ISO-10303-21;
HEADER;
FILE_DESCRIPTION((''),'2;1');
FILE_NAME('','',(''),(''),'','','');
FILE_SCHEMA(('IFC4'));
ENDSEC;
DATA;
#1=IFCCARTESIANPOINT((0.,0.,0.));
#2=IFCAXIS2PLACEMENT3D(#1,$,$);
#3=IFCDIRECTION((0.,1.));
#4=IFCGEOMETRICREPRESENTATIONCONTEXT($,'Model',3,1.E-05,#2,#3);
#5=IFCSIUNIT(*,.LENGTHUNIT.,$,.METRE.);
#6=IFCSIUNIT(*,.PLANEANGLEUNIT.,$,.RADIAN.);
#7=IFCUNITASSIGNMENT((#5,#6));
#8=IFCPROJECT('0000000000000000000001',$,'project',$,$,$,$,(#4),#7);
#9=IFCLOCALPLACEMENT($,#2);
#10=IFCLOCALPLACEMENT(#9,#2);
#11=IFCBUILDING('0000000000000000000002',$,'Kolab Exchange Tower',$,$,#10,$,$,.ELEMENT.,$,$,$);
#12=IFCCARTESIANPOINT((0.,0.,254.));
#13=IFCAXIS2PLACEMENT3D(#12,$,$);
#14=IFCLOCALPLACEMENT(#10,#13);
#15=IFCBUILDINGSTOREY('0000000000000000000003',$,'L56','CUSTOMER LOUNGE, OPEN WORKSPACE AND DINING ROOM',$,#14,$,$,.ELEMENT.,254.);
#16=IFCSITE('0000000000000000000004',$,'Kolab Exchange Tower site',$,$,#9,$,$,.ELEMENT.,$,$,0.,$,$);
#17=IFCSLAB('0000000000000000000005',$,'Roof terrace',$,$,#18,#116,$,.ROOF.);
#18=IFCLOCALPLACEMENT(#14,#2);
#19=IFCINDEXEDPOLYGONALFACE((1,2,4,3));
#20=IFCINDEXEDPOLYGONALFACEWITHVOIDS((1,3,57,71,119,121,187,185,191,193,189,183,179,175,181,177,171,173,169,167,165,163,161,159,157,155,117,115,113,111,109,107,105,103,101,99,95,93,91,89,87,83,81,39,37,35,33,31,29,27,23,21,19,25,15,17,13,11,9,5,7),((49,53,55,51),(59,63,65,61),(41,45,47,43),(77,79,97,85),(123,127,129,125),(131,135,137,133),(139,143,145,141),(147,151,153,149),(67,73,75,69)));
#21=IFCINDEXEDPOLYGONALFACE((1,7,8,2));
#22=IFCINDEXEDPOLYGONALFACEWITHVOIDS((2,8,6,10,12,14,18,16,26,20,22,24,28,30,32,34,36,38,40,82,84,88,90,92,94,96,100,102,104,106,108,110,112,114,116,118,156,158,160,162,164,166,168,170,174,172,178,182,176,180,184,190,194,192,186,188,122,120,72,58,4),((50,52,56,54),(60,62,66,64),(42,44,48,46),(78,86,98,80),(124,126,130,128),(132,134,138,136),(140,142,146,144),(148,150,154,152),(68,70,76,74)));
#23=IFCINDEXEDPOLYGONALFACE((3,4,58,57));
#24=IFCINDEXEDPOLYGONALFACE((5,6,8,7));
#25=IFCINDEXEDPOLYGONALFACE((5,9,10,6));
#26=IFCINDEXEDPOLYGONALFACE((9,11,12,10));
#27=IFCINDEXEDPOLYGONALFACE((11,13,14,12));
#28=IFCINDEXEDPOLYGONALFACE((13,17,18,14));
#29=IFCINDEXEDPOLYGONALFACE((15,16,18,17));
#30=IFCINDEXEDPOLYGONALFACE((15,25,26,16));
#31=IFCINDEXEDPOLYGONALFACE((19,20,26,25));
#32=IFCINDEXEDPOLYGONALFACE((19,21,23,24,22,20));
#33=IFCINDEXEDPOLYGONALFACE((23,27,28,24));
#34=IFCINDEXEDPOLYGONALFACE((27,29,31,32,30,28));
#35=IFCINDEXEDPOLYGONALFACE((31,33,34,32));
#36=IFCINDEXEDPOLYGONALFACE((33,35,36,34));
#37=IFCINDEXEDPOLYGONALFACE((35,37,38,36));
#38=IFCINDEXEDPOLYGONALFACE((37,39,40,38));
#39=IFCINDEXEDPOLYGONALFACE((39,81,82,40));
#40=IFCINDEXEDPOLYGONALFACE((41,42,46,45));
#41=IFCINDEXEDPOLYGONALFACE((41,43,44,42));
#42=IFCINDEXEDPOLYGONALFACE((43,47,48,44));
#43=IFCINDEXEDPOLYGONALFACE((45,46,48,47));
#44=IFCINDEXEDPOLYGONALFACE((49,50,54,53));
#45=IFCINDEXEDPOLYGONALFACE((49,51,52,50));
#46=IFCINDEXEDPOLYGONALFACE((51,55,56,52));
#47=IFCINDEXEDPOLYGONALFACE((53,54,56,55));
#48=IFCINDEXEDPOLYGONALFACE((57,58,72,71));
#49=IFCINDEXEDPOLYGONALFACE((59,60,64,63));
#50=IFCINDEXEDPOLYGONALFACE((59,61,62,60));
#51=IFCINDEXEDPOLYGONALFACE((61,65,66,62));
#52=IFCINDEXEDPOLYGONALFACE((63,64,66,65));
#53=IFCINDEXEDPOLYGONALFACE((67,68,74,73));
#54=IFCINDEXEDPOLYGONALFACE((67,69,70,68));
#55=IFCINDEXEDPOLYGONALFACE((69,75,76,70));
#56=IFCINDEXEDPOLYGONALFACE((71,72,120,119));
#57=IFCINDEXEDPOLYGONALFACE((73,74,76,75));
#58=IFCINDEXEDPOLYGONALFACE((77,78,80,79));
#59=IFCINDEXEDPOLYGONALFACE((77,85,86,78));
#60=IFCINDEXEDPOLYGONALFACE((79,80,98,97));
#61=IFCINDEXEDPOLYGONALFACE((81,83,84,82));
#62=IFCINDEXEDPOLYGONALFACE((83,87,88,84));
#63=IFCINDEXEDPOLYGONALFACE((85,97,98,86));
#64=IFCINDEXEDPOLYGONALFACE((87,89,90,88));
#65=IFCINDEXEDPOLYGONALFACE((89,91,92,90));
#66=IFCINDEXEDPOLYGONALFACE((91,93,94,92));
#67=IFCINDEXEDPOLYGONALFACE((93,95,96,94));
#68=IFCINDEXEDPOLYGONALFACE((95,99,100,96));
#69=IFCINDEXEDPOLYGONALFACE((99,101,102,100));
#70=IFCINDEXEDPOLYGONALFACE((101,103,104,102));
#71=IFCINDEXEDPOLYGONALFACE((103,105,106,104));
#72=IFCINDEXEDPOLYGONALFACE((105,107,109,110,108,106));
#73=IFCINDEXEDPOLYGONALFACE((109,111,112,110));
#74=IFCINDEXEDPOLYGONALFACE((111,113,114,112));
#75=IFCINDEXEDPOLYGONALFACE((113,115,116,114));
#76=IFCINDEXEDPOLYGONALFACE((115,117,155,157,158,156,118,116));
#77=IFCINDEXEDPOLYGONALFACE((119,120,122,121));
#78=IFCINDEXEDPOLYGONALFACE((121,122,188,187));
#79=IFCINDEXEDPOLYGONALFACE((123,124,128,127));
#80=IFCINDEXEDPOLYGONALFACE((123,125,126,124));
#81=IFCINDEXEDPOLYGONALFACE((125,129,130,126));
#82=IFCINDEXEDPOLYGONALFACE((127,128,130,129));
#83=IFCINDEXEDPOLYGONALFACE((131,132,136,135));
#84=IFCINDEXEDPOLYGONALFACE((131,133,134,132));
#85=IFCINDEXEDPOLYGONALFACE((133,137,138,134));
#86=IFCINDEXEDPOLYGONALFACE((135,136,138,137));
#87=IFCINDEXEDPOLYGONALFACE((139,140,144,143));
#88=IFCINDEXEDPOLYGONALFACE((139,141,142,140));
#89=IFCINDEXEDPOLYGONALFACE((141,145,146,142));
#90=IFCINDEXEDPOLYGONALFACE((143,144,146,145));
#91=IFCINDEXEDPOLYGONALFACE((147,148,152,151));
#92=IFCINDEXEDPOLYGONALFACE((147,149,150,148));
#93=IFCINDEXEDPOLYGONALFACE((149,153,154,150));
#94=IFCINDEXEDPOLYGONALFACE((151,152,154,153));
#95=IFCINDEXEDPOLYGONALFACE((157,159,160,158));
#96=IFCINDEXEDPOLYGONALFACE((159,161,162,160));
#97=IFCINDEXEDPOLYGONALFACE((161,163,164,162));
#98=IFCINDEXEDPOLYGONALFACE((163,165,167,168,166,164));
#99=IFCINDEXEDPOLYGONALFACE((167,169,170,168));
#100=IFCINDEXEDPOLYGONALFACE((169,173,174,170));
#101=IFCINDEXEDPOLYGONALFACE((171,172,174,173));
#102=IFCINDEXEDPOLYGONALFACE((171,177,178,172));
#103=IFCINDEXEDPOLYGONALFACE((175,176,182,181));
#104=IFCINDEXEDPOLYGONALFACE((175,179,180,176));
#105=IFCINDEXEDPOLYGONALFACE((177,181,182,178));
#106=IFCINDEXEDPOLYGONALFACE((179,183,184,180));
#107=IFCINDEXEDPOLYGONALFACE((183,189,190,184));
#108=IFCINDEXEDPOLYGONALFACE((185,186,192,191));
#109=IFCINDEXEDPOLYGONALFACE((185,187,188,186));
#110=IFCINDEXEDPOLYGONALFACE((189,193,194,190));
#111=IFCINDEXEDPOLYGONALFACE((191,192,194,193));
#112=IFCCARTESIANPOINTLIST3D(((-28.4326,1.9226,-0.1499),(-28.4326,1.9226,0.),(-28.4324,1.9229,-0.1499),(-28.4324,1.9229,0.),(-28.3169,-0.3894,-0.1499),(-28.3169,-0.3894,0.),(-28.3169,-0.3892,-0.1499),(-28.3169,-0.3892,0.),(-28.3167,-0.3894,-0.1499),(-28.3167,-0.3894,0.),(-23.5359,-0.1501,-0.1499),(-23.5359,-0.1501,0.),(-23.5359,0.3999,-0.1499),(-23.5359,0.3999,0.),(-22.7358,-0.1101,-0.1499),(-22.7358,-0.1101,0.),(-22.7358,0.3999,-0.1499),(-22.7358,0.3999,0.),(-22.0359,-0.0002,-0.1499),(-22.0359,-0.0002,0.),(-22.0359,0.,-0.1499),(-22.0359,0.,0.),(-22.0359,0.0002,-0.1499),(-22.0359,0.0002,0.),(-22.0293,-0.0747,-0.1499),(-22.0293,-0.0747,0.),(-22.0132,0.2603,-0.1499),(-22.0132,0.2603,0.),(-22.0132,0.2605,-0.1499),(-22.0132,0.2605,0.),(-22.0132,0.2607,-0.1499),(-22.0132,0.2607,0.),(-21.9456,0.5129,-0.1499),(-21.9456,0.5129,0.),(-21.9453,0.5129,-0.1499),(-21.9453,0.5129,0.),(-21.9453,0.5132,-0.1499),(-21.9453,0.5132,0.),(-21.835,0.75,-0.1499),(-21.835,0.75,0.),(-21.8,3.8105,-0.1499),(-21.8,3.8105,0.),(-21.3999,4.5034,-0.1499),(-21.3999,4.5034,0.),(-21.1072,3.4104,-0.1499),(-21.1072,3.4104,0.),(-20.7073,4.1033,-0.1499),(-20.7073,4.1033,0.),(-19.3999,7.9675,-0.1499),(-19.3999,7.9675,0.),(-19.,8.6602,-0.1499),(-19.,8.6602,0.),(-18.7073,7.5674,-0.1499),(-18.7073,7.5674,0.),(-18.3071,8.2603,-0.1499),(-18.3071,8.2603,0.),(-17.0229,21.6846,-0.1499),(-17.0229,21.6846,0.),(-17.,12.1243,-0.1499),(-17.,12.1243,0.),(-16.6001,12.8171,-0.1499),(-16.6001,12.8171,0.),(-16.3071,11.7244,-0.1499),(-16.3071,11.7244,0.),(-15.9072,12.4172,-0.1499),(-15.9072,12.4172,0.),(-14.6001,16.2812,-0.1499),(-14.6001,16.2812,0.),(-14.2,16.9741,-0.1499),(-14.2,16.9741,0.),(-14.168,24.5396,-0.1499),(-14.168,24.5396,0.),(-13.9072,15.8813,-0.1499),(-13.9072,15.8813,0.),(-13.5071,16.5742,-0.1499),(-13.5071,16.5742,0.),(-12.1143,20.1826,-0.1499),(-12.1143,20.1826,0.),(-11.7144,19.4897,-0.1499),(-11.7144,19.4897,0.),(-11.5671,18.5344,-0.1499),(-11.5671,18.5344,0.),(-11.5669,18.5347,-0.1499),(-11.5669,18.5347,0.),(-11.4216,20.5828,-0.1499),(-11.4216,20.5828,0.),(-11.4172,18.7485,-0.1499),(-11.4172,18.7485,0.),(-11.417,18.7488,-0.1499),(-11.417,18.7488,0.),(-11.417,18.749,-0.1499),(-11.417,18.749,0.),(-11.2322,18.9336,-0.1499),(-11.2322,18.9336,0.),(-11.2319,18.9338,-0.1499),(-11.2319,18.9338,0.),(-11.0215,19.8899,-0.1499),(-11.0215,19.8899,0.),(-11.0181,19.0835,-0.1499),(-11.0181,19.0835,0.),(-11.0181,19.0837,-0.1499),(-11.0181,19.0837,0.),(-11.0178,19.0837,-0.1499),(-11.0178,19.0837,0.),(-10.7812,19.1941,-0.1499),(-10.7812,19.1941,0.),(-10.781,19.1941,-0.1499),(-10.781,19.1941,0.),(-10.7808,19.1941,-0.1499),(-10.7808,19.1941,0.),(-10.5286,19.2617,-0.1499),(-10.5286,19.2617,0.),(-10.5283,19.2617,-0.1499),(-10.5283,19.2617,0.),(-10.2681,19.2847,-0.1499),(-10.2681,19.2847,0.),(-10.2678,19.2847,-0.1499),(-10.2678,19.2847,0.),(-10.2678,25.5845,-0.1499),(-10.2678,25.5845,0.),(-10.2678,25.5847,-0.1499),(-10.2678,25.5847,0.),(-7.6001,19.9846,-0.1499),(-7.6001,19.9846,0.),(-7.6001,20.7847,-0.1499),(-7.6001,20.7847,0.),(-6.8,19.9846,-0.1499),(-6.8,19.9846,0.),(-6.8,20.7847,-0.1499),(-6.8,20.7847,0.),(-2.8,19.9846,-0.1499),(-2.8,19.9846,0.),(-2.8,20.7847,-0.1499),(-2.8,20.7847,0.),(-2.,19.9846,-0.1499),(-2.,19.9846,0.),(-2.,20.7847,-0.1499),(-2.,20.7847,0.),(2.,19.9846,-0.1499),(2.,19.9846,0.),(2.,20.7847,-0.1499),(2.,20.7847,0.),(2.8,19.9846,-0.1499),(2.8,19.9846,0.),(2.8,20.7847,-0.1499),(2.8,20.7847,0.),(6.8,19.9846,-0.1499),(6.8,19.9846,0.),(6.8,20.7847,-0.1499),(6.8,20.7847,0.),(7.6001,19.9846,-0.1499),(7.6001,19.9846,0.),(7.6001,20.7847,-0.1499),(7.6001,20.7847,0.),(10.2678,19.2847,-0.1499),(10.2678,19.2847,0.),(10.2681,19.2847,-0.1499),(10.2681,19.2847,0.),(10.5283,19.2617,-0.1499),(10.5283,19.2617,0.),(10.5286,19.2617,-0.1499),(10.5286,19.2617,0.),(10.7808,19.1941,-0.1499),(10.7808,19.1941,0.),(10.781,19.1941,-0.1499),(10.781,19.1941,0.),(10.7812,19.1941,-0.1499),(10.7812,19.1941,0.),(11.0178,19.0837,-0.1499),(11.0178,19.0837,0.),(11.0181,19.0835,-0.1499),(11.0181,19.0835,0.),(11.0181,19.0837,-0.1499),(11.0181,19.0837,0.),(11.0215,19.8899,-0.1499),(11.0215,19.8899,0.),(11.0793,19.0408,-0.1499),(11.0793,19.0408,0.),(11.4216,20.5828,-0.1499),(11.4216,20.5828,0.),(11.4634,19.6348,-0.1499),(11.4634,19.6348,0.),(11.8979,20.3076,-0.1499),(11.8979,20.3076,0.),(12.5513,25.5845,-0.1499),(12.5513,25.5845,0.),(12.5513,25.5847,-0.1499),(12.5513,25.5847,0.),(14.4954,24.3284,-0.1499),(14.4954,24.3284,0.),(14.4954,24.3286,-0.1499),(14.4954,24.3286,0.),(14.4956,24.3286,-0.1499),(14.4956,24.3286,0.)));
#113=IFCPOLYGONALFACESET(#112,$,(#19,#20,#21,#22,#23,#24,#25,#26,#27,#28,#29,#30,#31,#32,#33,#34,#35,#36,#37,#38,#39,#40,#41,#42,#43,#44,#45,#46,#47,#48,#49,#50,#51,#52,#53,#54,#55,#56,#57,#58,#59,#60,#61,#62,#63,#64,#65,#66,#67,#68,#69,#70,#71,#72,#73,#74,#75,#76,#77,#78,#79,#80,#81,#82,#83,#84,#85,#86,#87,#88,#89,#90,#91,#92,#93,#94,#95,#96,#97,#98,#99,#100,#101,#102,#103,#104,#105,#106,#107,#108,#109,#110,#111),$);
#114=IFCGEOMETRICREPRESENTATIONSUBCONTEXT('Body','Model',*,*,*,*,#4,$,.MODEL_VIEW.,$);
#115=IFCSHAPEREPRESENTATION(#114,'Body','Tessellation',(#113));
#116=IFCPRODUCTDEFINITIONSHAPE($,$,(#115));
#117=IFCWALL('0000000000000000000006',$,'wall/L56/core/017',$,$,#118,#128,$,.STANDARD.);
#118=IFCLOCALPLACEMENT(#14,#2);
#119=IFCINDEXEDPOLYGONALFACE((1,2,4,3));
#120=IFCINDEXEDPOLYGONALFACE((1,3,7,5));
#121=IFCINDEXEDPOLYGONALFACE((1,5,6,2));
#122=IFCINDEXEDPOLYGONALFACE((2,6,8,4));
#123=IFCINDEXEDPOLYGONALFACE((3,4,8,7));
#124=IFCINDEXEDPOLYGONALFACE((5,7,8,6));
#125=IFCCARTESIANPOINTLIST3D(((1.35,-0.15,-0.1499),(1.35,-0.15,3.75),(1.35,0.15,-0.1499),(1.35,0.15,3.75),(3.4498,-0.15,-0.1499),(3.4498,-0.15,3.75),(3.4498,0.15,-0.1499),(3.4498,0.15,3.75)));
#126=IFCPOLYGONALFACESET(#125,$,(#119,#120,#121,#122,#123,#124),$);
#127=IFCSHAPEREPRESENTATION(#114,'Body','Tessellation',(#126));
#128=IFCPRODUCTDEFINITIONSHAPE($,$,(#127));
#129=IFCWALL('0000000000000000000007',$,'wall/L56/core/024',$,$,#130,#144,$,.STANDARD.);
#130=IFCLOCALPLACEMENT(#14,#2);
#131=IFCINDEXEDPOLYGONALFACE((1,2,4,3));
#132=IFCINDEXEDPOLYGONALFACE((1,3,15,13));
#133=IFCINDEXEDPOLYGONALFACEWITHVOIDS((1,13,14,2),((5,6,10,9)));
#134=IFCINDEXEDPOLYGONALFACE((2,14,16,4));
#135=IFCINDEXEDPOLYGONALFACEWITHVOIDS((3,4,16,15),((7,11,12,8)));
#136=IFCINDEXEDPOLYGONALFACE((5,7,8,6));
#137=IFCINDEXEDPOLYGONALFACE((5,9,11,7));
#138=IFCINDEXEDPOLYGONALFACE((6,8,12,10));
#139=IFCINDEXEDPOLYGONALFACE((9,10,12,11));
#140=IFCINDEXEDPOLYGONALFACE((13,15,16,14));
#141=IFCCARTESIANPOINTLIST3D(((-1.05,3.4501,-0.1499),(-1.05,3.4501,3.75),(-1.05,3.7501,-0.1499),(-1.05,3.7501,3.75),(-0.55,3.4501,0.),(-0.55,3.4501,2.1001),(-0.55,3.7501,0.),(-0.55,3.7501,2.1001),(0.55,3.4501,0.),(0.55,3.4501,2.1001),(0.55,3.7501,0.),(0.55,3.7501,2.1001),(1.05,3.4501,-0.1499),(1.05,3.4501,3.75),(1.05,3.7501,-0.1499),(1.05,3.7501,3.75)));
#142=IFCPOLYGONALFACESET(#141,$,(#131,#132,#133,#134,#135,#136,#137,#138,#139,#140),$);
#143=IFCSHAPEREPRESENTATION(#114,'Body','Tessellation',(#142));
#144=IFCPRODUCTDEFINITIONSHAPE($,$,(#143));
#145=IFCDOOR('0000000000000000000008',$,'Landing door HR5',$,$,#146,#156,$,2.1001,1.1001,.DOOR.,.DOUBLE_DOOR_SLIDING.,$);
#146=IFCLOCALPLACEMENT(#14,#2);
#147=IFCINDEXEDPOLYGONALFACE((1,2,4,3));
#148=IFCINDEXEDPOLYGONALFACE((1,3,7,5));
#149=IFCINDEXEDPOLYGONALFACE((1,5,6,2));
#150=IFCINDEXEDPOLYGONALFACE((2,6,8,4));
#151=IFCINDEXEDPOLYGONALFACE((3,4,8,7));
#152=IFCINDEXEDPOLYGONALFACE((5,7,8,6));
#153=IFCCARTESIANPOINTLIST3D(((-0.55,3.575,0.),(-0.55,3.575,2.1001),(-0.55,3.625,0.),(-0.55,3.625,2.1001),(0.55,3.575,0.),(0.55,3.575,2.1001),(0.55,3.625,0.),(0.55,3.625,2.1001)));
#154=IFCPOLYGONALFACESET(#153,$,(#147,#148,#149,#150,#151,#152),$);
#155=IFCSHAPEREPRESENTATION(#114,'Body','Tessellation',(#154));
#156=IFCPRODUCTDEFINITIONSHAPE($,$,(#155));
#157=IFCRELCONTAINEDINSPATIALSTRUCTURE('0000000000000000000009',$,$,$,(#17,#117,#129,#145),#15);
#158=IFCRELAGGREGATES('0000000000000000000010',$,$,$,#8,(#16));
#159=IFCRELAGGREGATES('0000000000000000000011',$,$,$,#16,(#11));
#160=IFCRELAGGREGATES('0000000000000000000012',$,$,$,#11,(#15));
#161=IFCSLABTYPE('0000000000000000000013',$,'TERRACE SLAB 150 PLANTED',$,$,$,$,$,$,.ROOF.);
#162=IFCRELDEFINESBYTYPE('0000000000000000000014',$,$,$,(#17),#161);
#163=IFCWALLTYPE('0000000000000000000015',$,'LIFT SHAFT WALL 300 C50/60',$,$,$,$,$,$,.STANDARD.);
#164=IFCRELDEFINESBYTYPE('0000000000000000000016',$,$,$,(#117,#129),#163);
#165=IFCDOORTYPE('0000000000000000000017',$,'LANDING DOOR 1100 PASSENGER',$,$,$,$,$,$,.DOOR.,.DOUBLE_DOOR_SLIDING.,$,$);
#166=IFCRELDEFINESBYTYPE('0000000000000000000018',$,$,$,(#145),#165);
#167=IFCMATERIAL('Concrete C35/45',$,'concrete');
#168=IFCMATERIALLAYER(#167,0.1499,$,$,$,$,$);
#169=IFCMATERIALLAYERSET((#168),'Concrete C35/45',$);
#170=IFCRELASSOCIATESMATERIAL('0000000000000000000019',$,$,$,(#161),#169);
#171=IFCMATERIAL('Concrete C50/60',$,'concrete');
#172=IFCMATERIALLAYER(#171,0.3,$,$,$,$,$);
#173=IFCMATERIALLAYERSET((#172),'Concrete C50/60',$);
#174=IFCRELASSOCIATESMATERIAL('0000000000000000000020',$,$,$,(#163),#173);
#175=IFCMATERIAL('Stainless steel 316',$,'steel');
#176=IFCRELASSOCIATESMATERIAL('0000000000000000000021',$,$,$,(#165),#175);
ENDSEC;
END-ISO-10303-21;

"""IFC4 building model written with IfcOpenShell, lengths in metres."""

from ifc_helpers import new_model, si_unit, direction, frame, frame_2d, origin, place, context, subcontext, project, spatial, polyline, rectangle, outline, extrude, material, layer, layer_set, type_object, element, fill, save


model = new_model("IFC4")

# Units and contexts
model_context = context("Model", 3, precision=1e-05, world=origin(), true_north=direction((0.0, 1.0)))
body_context = subcontext(model_context, "Body", "Model", "MODEL_VIEW")
ifc_project = project(units=[si_unit("LENGTHUNIT", "METRE"), si_unit("PLANEANGLEUNIT", "RADIAN")], contexts=[model_context])

# Site, building, storey
site_placement = place(None, origin())
site = spatial("IfcSite", under=ifc_project, at=site_placement, Name="Kolab Exchange Tower site", CompositionType="ELEMENT", RefElevation=0.0)
building_placement = place(site_placement, origin())
building = spatial("IfcBuilding", under=site, at=building_placement, Name="Kolab Exchange Tower", CompositionType="ELEMENT")
storey_placement = place(building_placement, frame((0.0, 0.0, 254.0)))
storey = spatial("IfcBuildingStorey", under=building, at=storey_placement, Name="L56", Description="CUSTOMER LOUNGE, OPEN WORKSPACE AND DINING ROOM", CompositionType="ELEMENT", Elevation=254.0)

# Shared definitions
ifc_material_1 = material(Name="Concrete C50/60", Category="concrete")

# Slab
ifc_material_2 = material(Name="Concrete C35/45", Category="concrete")
ifc_layer_1 = layer(ifc_material_2, 0.1499)
ifc_layer_set_1 = layer_set([ifc_layer_1], Name="Concrete C35/45")
slab_type_1 = type_object("IfcSlabType", Name="TERRACE SLAB 150 PLANTED", PredefinedType="ROOF", material=ifc_layer_set_1)
slab_1_placement = place(storey_placement, frame((0.0, 0.0, -0.1499)))
element("IfcSlab", 1, at=slab_1_placement, inside=storey, type_object=slab_type_1, Name="Roof terrace", PredefinedType="ROOF", context=body_context, shape_type="SweptSolid", body=[
    extrude(outline(polyline([(-28.4324, 1.9229), (-28.4326, 1.9226), (-28.3169, -0.3892), (-28.3169, -0.3894), (-28.3167, -0.3894), (-23.5359, -0.1501), (-23.5359, 0.3999), (-22.7358, 0.3999), (-22.7358, -0.1101), (-22.0293, -0.0747), (-22.0359, -0.0002), (-22.0359, 0.0), (-22.0359, 0.0002), (-22.0132, 0.2603), (-22.0132, 0.2605), (-22.0132, 0.2607), (-21.9456, 0.5129), (-21.9453, 0.5129), (-21.9453, 0.5132), (-21.835, 0.75), (-11.5671, 18.5344), (-11.5669, 18.5347), (-11.4172, 18.7485), (-11.417, 18.7488), (-11.417, 18.749), (-11.2322, 18.9336), (-11.2319, 18.9338), (-11.0181, 19.0835), (-11.0181, 19.0837), (-11.0178, 19.0837), (-10.7812, 19.1941), (-10.781, 19.1941), (-10.7808, 19.1941), (-10.5286, 19.2617), (-10.5283, 19.2617), (-10.2681, 19.2847), (-10.2678, 19.2847), (10.2678, 19.2847), (10.2681, 19.2847), (10.5283, 19.2617), (10.5286, 19.2617), (10.7808, 19.1941), (10.781, 19.1941), (10.7812, 19.1941), (11.0178, 19.0837), (11.0181, 19.0837), (11.0181, 19.0835), (11.0793, 19.0408), (11.4634, 19.6348), (11.0215, 19.8899), (11.4216, 20.5828), (11.8979, 20.3076), (14.4954, 24.3284), (14.4956, 24.3286), (14.4954, 24.3286), (12.5513, 25.5845), (12.5513, 25.5847), (-10.2678, 25.5847), (-10.2678, 25.5845), (-14.168, 24.5396), (-17.0229, 21.6846), (-28.4324, 1.9229)]), holes=[polyline([(-21.1072, 3.4104), (-21.8, 3.8105), (-21.3999, 4.5034), (-20.7073, 4.1033), (-21.1072, 3.4104)]), polyline([(-19.3999, 7.9675), (-19.0, 8.6602), (-18.3071, 8.2603), (-18.7073, 7.5674), (-19.3999, 7.9675)]), polyline([(-17.0, 12.1243), (-16.6001, 12.8171), (-15.9072, 12.4172), (-16.3071, 11.7244), (-17.0, 12.1243)]), polyline([(-14.6001, 16.2812), (-14.2, 16.9741), (-13.5071, 16.5742), (-13.9072, 15.8813), (-14.6001, 16.2812)]), polyline([(-11.7144, 19.4897), (-12.1143, 20.1826), (-11.4216, 20.5828), (-11.0215, 19.8899), (-11.7144, 19.4897)]), polyline([(-2.8, 19.9846), (-2.8, 20.7847), (-2.0, 20.7847), (-2.0, 19.9846), (-2.8, 19.9846)]), polyline([(-7.6001, 20.7847), (-6.8, 20.7847), (-6.8, 19.9846), (-7.6001, 19.9846), (-7.6001, 20.7847)]), polyline([(2.0, 20.7847), (2.8, 20.7847), (2.8, 19.9846), (2.0, 19.9846), (2.0, 20.7847)]), polyline([(6.8, 20.7847), (7.6001, 20.7847), (7.6001, 19.9846), (6.8, 19.9846), (6.8, 20.7847)])]), origin(), (0.0, 0.0, 1.0), 0.1499),
])

# Wall
ifc_layer_2 = layer(ifc_material_1, 0.3)
ifc_layer_set_2 = layer_set([ifc_layer_2], Name="Concrete C50/60")
wall_type_1 = type_object("IfcWallType", Name="LIFT SHAFT WALL 300 C50/60", PredefinedType="STANDARD", material=ifc_layer_set_2)
wall_1_placement = place(storey_placement, frame((1.3501, 0.0, -0.1499), z_axis=(0.0, 0.0, 1.0), x_axis=(1.0, 0.0, 0.0)))
element("IfcWall", 2, at=wall_1_placement, inside=storey, type_object=wall_type_1, Name="wall/L56/core/017", PredefinedType="STANDARD", context=body_context, shape_type="SweptSolid", body=[
    extrude(rectangle(XDim=2.0999, YDim=0.3, at=frame_2d((1.0498, 0.0))), origin(), (0.0, 0.0, 1.0), 3.8999),
])

# Wall, opening, door
wall_2_placement = place(storey_placement, frame((-1.05, 3.6001, -0.1499), z_axis=(0.0, 0.0, 1.0), x_axis=(1.0, 0.0, 0.0)))
wall_2 = element("IfcWall", 3, at=wall_2_placement, inside=storey, type_object=wall_type_1, Name="wall/L56/core/024", PredefinedType="STANDARD", context=body_context, shape_type="SweptSolid", body=[
    extrude(rectangle(XDim=2.1001, YDim=0.3, at=frame_2d((1.05, 0.0))), origin(), (0.0, 0.0, 1.0), 3.8999),
])
opening_1_placement = place(wall_2_placement, frame((0.5, 0.0, 0.1499)))
opening_1 = element("IfcOpeningElement", 4, at=opening_1_placement, cuts=wall_2, PredefinedType="OPENING", context=body_context, shape_type="SweptSolid", body=[
    extrude(rectangle(XDim=1.1001, YDim=2.1001, at=frame_2d((0.55, 1.05))), frame((0.0, 0.1602, 0.0), z_axis=(0.0, -1.0, 0.0), x_axis=(1.0, 0.0, 0.0)), (0.0, 0.0, 1.0), 0.3201),
])
ifc_material_3 = material(Name="Stainless steel 316", Category="steel")
door_type_1 = type_object("IfcDoorType", Name="LANDING DOOR 1100 PASSENGER", OperationType="DOUBLE_DOOR_SLIDING", PredefinedType="DOOR", material=ifc_material_3)
door_1_placement = place(opening_1_placement, origin())
door_1 = element("IfcDoor", 5, at=door_1_placement, inside=storey, type_object=door_type_1, Name="Landing door HR5", OperationType="DOUBLE_DOOR_SLIDING", OverallHeight=2.1001, OverallWidth=1.1001, PredefinedType="DOOR", context=body_context, shape_type="SweptSolid", body=[
    extrude(rectangle(XDim=1.1001, YDim=2.1001, at=frame_2d((0.55, 1.05))), frame((0.0, 0.0249, 0.0), z_axis=(0.0, -1.0, 0.0), x_axis=(1.0, 0.0, 0.0)), (0.0, 0.0, 1.0), 0.05),
])
fill(opening_1, door_1)

save(model, "model.ifc")
